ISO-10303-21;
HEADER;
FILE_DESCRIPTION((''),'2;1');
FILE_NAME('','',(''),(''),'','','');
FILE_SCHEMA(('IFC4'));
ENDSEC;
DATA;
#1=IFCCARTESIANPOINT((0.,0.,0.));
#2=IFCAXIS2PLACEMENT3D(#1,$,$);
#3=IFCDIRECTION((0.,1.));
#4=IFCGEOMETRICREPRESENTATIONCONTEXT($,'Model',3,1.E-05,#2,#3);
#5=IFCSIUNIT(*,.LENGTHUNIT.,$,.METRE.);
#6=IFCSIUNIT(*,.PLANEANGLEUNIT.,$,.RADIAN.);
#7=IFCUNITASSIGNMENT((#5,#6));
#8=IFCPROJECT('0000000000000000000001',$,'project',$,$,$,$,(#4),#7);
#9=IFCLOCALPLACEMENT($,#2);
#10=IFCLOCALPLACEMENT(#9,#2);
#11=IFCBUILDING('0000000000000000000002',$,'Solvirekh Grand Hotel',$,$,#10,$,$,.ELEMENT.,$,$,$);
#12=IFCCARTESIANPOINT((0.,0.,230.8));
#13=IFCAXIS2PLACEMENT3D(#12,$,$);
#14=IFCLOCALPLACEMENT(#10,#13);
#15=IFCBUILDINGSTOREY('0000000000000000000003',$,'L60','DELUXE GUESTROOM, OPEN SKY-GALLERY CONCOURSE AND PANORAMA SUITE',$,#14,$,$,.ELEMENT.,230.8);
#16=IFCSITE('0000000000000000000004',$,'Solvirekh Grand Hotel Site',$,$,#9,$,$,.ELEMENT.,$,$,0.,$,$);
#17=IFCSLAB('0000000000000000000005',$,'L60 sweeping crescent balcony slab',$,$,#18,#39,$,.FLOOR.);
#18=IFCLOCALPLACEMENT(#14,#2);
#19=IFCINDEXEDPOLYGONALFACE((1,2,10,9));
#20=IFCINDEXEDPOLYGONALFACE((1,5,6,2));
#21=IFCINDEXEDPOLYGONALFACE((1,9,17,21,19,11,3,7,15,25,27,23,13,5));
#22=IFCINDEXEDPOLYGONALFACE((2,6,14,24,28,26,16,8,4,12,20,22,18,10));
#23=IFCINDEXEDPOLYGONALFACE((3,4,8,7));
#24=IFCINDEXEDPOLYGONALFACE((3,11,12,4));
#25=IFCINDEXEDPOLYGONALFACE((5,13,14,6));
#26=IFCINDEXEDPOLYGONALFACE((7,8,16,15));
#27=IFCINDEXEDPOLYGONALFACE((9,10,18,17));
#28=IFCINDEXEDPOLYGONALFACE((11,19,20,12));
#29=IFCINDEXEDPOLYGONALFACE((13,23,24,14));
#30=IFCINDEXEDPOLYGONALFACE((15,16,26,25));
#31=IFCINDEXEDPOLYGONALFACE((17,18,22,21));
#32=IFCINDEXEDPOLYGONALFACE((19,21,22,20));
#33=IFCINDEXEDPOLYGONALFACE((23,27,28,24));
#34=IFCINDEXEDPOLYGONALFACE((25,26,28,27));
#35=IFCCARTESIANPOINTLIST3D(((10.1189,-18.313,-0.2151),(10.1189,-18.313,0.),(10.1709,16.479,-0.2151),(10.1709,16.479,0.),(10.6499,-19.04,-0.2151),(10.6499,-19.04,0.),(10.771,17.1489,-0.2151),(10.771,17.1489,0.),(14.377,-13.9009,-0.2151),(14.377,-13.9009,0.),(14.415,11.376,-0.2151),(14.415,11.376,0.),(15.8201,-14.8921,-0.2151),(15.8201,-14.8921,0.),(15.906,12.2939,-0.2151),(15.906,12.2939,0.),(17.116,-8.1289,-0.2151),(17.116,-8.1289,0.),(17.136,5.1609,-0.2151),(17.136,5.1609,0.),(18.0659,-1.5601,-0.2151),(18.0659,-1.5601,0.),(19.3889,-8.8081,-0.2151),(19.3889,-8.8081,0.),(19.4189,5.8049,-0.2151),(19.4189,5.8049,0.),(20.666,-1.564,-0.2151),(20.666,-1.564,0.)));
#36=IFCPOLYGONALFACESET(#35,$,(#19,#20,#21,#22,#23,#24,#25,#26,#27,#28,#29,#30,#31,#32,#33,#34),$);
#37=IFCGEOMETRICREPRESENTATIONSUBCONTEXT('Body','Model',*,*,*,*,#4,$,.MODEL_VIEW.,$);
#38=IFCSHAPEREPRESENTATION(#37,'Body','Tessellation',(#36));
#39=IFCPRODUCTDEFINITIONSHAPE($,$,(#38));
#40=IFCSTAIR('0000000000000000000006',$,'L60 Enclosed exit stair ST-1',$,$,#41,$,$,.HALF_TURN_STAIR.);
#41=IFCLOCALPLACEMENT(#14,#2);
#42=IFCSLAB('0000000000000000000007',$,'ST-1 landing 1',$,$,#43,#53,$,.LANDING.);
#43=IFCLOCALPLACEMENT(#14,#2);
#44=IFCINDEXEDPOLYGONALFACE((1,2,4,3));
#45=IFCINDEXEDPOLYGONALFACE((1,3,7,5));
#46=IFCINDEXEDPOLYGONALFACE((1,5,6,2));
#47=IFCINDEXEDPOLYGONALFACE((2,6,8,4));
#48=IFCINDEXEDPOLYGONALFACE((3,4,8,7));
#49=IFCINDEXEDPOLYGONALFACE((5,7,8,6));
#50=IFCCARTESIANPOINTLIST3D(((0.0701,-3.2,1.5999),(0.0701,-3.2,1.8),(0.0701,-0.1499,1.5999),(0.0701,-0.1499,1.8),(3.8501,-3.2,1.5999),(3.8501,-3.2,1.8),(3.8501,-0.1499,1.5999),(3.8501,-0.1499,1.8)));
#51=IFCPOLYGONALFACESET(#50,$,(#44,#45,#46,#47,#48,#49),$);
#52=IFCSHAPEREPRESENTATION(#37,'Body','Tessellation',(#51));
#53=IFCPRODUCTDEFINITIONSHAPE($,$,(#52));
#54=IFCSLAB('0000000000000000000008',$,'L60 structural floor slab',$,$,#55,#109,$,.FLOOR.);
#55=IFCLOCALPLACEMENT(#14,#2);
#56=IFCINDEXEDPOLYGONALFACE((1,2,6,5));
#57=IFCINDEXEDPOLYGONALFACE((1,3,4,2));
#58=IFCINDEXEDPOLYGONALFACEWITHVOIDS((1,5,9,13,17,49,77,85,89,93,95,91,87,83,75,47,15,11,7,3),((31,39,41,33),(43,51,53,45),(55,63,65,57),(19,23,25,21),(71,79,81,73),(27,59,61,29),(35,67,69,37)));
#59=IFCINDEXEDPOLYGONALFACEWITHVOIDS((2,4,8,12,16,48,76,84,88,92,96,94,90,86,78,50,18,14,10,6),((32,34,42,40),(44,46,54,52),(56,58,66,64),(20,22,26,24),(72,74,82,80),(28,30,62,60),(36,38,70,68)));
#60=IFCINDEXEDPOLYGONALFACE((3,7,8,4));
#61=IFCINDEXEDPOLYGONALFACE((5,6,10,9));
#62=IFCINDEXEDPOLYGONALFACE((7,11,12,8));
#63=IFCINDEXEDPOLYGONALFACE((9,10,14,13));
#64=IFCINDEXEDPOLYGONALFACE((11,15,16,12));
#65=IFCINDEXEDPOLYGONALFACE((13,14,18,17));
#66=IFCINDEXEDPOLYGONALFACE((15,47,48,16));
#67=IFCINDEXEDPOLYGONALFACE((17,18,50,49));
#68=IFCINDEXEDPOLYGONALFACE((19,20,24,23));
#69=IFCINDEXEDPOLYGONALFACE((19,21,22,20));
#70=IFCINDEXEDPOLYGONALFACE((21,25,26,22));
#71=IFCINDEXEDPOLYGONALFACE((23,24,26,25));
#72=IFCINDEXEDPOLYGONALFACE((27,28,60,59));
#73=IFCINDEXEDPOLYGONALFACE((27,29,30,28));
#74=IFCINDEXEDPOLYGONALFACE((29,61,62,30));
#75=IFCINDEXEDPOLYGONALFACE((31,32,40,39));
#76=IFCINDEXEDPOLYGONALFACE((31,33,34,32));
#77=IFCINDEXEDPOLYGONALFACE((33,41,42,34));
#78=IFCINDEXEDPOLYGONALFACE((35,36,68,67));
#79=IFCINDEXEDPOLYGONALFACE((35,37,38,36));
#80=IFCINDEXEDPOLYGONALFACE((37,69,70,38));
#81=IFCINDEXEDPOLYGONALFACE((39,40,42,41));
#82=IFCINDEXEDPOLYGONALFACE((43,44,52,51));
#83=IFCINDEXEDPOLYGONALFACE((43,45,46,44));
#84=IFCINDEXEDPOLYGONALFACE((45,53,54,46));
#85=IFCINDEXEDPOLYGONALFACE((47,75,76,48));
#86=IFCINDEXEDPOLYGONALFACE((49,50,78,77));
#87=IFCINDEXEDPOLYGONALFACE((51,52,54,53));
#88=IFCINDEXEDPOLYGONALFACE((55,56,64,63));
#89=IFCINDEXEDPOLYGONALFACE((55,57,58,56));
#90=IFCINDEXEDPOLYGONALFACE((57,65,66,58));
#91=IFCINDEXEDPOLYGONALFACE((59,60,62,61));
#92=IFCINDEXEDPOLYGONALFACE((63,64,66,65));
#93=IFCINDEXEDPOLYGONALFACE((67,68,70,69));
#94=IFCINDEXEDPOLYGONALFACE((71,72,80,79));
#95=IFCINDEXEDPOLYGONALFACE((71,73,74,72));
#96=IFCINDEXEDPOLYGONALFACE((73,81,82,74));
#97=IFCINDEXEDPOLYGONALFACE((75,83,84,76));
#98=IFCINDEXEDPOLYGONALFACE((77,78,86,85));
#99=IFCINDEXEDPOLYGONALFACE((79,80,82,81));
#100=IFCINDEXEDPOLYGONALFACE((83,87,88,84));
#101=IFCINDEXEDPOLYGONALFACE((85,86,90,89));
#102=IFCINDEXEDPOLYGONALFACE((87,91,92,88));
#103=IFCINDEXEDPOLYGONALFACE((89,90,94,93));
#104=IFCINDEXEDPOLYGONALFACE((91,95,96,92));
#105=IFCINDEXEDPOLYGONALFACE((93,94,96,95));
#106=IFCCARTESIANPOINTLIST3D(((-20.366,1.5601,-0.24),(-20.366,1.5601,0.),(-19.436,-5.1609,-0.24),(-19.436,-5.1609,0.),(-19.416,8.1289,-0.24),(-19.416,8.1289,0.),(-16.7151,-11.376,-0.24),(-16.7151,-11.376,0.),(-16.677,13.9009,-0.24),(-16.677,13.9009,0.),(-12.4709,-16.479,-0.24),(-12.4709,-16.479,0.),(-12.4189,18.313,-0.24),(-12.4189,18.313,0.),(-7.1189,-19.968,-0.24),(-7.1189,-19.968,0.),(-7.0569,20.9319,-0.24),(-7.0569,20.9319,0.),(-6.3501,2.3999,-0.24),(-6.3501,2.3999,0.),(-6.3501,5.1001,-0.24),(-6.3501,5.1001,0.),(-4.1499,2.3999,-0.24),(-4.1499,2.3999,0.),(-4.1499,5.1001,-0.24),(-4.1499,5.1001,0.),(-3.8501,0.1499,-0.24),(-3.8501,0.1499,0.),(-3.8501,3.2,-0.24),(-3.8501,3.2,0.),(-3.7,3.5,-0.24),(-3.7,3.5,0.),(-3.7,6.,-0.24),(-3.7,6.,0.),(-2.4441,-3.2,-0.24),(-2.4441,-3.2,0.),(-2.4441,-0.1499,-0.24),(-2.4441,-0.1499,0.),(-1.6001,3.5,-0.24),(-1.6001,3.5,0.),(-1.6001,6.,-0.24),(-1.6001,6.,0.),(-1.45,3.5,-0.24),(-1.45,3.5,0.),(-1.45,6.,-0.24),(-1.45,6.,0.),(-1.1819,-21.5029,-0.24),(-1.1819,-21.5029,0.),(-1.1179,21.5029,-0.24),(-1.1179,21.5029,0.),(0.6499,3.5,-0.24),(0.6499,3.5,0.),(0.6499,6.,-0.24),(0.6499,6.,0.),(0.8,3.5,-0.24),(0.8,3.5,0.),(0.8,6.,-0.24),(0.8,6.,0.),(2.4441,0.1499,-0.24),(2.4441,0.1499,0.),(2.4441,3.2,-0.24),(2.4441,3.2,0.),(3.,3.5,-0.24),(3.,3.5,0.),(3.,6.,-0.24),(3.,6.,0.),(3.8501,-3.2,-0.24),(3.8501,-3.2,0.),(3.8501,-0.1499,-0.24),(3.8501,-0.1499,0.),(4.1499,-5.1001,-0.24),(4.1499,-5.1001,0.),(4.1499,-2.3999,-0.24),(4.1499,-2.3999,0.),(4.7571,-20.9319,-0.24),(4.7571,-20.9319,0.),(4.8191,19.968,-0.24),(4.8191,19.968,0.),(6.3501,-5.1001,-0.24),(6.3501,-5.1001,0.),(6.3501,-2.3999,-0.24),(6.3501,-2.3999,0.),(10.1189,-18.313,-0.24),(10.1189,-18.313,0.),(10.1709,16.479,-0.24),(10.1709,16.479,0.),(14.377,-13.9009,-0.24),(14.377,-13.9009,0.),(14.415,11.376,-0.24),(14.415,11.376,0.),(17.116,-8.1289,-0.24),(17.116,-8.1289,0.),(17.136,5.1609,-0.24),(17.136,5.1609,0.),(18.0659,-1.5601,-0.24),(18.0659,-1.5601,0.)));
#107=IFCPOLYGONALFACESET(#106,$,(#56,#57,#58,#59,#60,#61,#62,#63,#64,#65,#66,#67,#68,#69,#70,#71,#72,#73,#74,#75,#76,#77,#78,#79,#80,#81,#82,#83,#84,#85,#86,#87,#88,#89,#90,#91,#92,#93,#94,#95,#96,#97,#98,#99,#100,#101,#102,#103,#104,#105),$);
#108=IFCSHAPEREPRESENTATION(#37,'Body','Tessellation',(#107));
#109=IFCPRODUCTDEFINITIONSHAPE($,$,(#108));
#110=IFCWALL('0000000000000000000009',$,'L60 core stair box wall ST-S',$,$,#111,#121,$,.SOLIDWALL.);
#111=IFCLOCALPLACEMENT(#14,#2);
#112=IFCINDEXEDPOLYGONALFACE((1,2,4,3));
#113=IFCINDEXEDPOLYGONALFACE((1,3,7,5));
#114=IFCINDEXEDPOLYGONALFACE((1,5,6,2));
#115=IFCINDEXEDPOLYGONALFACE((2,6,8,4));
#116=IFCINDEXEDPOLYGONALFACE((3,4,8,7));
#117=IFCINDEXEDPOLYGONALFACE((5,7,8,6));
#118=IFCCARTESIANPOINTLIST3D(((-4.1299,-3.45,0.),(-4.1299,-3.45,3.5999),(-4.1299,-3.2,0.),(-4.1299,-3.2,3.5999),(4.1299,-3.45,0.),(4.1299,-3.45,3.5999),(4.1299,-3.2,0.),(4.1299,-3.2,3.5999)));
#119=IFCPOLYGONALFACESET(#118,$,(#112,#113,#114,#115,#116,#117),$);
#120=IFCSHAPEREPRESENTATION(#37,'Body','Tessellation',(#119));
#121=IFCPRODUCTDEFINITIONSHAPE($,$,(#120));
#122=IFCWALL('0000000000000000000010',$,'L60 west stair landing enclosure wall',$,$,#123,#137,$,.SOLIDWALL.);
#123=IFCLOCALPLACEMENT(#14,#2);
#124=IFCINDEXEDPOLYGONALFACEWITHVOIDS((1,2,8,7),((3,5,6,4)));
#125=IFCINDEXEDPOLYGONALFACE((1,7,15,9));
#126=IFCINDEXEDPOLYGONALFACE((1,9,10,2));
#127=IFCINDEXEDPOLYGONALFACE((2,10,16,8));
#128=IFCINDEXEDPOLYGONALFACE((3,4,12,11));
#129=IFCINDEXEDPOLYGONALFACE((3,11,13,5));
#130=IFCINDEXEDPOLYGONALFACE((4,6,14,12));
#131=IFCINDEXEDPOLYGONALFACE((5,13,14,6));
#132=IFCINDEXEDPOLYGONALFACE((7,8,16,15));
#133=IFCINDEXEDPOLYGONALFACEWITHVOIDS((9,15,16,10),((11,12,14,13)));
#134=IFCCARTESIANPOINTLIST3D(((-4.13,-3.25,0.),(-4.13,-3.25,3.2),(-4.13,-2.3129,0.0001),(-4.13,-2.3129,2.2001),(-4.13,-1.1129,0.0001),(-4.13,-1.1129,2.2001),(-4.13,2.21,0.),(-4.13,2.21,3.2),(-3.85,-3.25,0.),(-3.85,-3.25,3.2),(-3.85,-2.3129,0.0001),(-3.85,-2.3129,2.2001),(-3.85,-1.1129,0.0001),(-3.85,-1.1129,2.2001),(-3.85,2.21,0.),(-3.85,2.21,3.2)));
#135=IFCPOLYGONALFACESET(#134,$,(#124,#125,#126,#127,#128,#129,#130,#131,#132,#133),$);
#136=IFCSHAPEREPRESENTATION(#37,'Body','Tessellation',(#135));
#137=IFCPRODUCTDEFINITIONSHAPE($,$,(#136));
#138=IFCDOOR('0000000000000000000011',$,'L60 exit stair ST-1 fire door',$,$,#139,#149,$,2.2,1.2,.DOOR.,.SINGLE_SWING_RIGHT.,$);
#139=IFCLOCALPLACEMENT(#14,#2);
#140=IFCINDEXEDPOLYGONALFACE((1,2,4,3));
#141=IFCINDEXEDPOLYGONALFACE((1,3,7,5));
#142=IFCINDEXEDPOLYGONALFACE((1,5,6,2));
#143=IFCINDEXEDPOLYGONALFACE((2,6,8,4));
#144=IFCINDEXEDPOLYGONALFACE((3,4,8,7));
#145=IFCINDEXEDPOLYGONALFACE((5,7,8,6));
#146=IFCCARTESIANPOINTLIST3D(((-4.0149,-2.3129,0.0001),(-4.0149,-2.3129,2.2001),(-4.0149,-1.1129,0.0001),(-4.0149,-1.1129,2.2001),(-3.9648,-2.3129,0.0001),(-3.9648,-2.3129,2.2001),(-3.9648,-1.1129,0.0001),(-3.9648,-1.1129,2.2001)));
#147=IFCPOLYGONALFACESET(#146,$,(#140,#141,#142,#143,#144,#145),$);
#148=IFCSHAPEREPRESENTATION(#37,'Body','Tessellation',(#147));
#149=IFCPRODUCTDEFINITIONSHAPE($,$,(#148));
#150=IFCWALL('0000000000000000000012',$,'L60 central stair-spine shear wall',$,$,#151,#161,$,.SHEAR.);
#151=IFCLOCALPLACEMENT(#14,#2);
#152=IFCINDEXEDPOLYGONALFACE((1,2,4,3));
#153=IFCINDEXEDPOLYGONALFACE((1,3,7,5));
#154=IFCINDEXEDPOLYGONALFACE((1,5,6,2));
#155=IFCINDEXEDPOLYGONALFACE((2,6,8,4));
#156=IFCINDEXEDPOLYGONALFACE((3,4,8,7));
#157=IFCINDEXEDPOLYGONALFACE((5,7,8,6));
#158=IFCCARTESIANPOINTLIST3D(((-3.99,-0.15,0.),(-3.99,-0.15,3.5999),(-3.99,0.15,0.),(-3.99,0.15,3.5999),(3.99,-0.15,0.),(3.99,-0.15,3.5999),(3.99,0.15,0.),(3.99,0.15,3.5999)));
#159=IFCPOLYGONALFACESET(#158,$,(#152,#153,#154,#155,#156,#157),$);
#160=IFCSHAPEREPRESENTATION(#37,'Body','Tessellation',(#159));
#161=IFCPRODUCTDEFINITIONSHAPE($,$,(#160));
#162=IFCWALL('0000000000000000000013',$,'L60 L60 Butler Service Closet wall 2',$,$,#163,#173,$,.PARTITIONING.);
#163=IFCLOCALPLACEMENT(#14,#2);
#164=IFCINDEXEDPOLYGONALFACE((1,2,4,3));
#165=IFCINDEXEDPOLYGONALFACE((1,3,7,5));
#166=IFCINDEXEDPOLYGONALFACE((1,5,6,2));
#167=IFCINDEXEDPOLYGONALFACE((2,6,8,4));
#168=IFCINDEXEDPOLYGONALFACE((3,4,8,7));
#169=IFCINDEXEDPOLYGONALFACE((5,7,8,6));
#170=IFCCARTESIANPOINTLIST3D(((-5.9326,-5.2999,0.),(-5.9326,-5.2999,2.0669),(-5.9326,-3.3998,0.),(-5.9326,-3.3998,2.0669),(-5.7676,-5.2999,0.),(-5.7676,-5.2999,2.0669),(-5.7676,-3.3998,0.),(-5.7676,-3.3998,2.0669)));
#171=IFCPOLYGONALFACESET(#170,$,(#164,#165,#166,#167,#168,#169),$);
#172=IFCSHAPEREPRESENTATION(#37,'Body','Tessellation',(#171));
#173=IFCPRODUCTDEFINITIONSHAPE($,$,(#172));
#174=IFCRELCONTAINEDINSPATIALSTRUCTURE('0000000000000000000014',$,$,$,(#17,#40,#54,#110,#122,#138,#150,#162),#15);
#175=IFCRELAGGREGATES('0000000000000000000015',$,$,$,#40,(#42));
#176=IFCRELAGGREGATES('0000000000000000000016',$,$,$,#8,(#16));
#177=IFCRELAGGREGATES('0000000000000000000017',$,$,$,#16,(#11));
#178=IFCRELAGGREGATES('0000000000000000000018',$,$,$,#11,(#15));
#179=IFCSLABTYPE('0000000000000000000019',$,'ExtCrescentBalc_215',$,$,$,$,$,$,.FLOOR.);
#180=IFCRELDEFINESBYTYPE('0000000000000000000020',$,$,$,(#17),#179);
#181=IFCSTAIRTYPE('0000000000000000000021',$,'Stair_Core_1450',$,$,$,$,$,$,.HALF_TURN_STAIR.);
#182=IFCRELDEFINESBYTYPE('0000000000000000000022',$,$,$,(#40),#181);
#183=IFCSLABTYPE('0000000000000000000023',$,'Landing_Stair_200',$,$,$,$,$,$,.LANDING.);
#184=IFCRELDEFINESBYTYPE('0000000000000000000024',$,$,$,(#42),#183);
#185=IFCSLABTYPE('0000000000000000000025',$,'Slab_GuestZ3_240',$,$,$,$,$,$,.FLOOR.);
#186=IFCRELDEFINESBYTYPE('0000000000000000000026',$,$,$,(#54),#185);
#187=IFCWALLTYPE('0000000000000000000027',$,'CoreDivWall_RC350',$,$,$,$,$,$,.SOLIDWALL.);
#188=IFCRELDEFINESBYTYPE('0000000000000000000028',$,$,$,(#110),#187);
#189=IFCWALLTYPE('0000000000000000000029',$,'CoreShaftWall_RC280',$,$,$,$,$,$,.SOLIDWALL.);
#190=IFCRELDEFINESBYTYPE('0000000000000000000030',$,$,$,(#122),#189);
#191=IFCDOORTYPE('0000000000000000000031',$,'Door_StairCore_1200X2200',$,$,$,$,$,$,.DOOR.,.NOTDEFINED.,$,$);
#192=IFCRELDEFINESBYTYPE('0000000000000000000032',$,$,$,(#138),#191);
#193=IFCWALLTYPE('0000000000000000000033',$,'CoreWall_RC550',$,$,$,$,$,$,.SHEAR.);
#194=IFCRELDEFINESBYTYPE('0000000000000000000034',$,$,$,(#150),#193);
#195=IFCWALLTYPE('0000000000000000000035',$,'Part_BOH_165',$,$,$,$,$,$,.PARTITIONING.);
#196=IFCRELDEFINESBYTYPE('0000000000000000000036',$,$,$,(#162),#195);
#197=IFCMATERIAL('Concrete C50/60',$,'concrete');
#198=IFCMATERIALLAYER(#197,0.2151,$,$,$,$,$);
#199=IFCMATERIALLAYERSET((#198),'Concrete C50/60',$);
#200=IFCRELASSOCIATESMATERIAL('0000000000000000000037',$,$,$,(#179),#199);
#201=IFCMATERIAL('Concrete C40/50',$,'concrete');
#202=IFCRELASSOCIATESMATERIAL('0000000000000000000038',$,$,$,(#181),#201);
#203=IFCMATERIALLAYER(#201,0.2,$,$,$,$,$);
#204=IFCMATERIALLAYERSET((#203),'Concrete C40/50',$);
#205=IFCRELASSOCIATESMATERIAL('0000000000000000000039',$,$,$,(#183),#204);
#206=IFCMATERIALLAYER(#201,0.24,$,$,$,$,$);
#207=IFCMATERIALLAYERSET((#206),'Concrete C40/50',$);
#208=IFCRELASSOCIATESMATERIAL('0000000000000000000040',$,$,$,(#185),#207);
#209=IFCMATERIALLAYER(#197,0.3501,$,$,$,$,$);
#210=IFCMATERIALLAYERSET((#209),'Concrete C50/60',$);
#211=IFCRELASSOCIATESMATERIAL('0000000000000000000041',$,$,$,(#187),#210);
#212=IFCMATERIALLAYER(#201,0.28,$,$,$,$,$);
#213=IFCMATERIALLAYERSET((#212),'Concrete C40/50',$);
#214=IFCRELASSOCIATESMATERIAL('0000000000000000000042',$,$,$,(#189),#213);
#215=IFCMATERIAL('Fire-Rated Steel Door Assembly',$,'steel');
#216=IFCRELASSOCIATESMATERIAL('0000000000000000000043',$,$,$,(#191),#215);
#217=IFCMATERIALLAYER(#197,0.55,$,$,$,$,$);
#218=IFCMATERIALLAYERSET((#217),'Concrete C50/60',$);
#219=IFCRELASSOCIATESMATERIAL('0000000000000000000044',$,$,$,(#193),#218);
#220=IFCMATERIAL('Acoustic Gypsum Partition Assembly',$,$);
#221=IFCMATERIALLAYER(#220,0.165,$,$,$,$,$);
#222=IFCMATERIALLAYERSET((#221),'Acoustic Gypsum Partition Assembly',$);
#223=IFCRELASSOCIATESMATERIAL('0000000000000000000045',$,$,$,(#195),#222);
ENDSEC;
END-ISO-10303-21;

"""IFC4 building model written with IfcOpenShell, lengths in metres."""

from ifc_helpers import new_model, si_unit, direction, frame, frame_2d, origin, place, context, subcontext, project, spatial, polyline, rectangle, outline, extrude, material, layer, layer_set, type_object, element, fill, aggregate, save


model = new_model("IFC4")

# Units and contexts
model_context = context("Model", 3, precision=1e-05, world=origin(), true_north=direction((0.0, 1.0)))
body_context = subcontext(model_context, "Body", "Model", "MODEL_VIEW")
ifc_project = project(units=[si_unit("LENGTHUNIT", "METRE"), si_unit("PLANEANGLEUNIT", "RADIAN")], contexts=[model_context])

# Site, building, storey
site_placement = place(None, origin())
site = spatial("IfcSite", under=ifc_project, at=site_placement, Name="Solvirekh Grand Hotel Site", CompositionType="ELEMENT", RefElevation=0.0)
building_placement = place(site_placement, origin())
building = spatial("IfcBuilding", under=site, at=building_placement, Name="Solvirekh Grand Hotel", CompositionType="ELEMENT")
storey_placement = place(building_placement, frame((0.0, 0.0, 230.8)))
storey = spatial("IfcBuildingStorey", under=building, at=storey_placement, Name="L60", Description="DELUXE GUESTROOM, OPEN SKY-GALLERY CONCOURSE AND PANORAMA SUITE", CompositionType="ELEMENT", Elevation=230.8)

# Slab
ifc_material_1 = material(Name="Concrete C50/60", Category="concrete")
ifc_layer_1 = layer(ifc_material_1, 0.2151)
ifc_layer_set_1 = layer_set([ifc_layer_1], Name="Concrete C50/60")
slab_type_1 = type_object("IfcSlabType", Name="ExtCrescentBalc_215", PredefinedType="FLOOR", material=ifc_layer_set_1)
slab_1_placement = place(storey_placement, frame((0.0, 0.0, -0.2151)))
element("IfcSlab", 1, at=slab_1_placement, inside=storey, type_object=slab_type_1, Name="L60 sweeping crescent balcony slab", PredefinedType="FLOOR", context=body_context, shape_type="SweptSolid", body=[
    extrude(outline(polyline([(10.6499, -19.04), (15.8201, -14.8921), (19.3889, -8.8081), (20.666, -1.564), (19.4189, 5.8049), (15.906, 12.2939), (10.771, 17.1489), (10.1709, 16.479), (14.415, 11.376), (17.136, 5.1609), (18.0659, -1.5601), (17.116, -8.1289), (14.377, -13.9009), (10.1189, -18.313), (10.6499, -19.04)])), origin(), (0.0, 0.0, 1.0), 0.2151),
])

# Stair, slab
ifc_material_2 = material(Name="Concrete C40/50", Category="concrete")
stair_type = type_object("IfcStairType", Name="Stair_Core_1450", PredefinedType="HALF_TURN_STAIR", material=ifc_material_2)
stair_placement = place(storey_placement, origin())
stair = element("IfcStair", 2, at=stair_placement, inside=storey, type_object=stair_type, Name="L60 Enclosed exit stair ST-1", PredefinedType="HALF_TURN_STAIR")
ifc_layer_2 = layer(ifc_material_2, 0.2)
ifc_layer_set_2 = layer_set([ifc_layer_2], Name="Concrete C40/50")
slab_type_2 = type_object("IfcSlabType", Name="Landing_Stair_200", PredefinedType="LANDING", material=ifc_layer_set_2)
slab_2_placement = place(storey_placement, frame((0.0, 0.0, 1.5999)))
slab_2 = element("IfcSlab", 3, at=slab_2_placement, type_object=slab_type_2, Name="ST-1 landing 1", PredefinedType="LANDING", context=body_context, shape_type="SweptSolid", body=[
    extrude(outline(polyline([(0.0701, -3.2), (3.8501, -3.2), (3.8501, -0.1499), (0.0701, -0.1499), (0.0701, -3.2)])), origin(), (0.0, 0.0, 1.0), 0.2002),
])

# Slab
ifc_layer_3 = layer(ifc_material_2, 0.24)
ifc_layer_set_3 = layer_set([ifc_layer_3], Name="Concrete C40/50")
slab_type_3 = type_object("IfcSlabType", Name="Slab_GuestZ3_240", PredefinedType="FLOOR", material=ifc_layer_set_3)
slab_3_placement = place(storey_placement, frame((0.0, 0.0, -0.24)))
element("IfcSlab", 4, at=slab_3_placement, inside=storey, type_object=slab_type_3, Name="L60 structural floor slab", PredefinedType="FLOOR", context=body_context, shape_type="SweptSolid", body=[
    extrude(outline(polyline([(4.7571, -20.9319), (10.1189, -18.313), (14.377, -13.9009), (17.116, -8.1289), (18.0659, -1.5601), (17.136, 5.1609), (14.415, 11.376), (10.1709, 16.479), (4.8191, 19.968), (-1.1179, 21.5029), (-7.0569, 20.9319), (-12.4189, 18.313), (-16.677, 13.9009), (-19.416, 8.1289), (-20.366, 1.5601), (-19.436, -5.1609), (-16.7151, -11.376), (-12.4709, -16.479), (-7.1189, -19.968), (-1.1819, -21.5029), (4.7571, -20.9319)]), holes=[polyline([(-2.4441, -0.1499), (3.8501, -0.1499), (3.8501, -3.2), (-2.4441, -3.2), (-2.4441, -0.1499)]), polyline([(2.4441, 0.1499), (-3.8501, 0.1499), (-3.8501, 3.2), (2.4441, 3.2), (2.4441, 0.1499)]), polyline([(-3.7, 6.0), (-1.6001, 6.0), (-1.6001, 3.5), (-3.7, 3.5), (-3.7, 6.0)]), polyline([(-1.45, 6.0), (0.6499, 6.0), (0.6499, 3.5), (-1.45, 3.5), (-1.45, 6.0)]), polyline([(0.8, 6.0), (3.0, 6.0), (3.0, 3.5), (0.8, 3.5), (0.8, 6.0)]), polyline([(-6.3501, 5.1001), (-4.1499, 5.1001), (-4.1499, 2.3999), (-6.3501, 2.3999), (-6.3501, 5.1001)]), polyline([(4.1499, -2.3999), (6.3501, -2.3999), (6.3501, -5.1001), (4.1499, -5.1001), (4.1499, -2.3999)])]), origin(), (0.0, 0.0, 1.0), 0.24),
])

# Wall
ifc_layer_4 = layer(ifc_material_1, 0.3501)
ifc_layer_set_4 = layer_set([ifc_layer_4], Name="Concrete C50/60")
wall_type_1 = type_object("IfcWallType", Name="CoreDivWall_RC350", PredefinedType="SOLIDWALL", material=ifc_layer_set_4)
wall_1_placement = place(storey_placement, frame((-4.1299, -3.325, 0.0), z_axis=(0.0, 0.0, 1.0), x_axis=(1.0, 0.0, 0.0)))
element("IfcWall", 5, at=wall_1_placement, inside=storey, type_object=wall_type_1, Name="L60 core stair box wall ST-S", PredefinedType="SOLIDWALL", context=body_context, shape_type="SweptSolid", body=[
    extrude(rectangle(XDim=8.2598, YDim=0.25, at=frame_2d((4.1299, 0.0))), origin(), (0.0, 0.0, 1.0), 3.5999),
])

# Wall, opening, door
ifc_layer_5 = layer(ifc_material_2, 0.28)
ifc_layer_set_5 = layer_set([ifc_layer_5], Name="Concrete C40/50")
wall_type_2 = type_object("IfcWallType", Name="CoreShaftWall_RC280", PredefinedType="SOLIDWALL", material=ifc_layer_set_5)
wall_2_placement = place(storey_placement, frame((-3.99, -3.25, 0.0), z_axis=(0.0, 0.0, 1.0), x_axis=(0.0, 1.0, 0.0)))
wall_2 = element("IfcWall", 6, at=wall_2_placement, inside=storey, type_object=wall_type_2, Name="L60 west stair landing enclosure wall", PredefinedType="SOLIDWALL", context=body_context, shape_type="SweptSolid", body=[
    extrude(rectangle(XDim=5.46, YDim=0.28, at=frame_2d((2.73, 0.0))), origin(), (0.0, 0.0, 1.0), 3.2),
])
opening_1_placement = place(wall_2_placement, frame((0.937, 0.0, 0.0)))
opening_1 = element("IfcOpeningElement", 7, at=opening_1_placement, cuts=wall_2, PredefinedType="OPENING", context=body_context, shape_type="SweptSolid", body=[
    extrude(rectangle(XDim=1.2, YDim=2.2, at=frame_2d((0.6001, 1.1001))), frame((0.0, 0.1499, 0.0), z_axis=(0.0, -1.0, 0.0), x_axis=(1.0, 0.0, 0.0)), (0.0, 0.0, 1.0), 0.3),
])
ifc_material_3 = material(Name="Fire-Rated Steel Door Assembly", Category="steel")
door_type_1 = type_object("IfcDoorType", Name="Door_StairCore_1200X2200", OperationType="NOTDEFINED", PredefinedType="DOOR", material=ifc_material_3)
door_1_placement = place(opening_1_placement, origin())
door_1 = element("IfcDoor", 8, at=door_1_placement, inside=storey, type_object=door_type_1, Name="L60 exit stair ST-1 fire door", OperationType="SINGLE_SWING_RIGHT", OverallHeight=2.2, OverallWidth=1.2, PredefinedType="DOOR", context=body_context, shape_type="SweptSolid", body=[
    extrude(rectangle(XDim=1.2, YDim=2.2, at=frame_2d((0.6001, 1.1001))), frame((0.0, 0.0249, 0.0), z_axis=(0.0, -1.0, 0.0), x_axis=(1.0, 0.0, 0.0)), (0.0, 0.0, 1.0), 0.05),
])
fill(opening_1, door_1)

# Walls
ifc_layer_6 = layer(ifc_material_1, 0.55)
ifc_layer_set_6 = layer_set([ifc_layer_6], Name="Concrete C50/60")
wall_type_3 = type_object("IfcWallType", Name="CoreWall_RC550", PredefinedType="SHEAR", material=ifc_layer_set_6)
wall_3_placement = place(storey_placement, frame((-3.99, 0.0, 0.0), z_axis=(0.0, 0.0, 1.0), x_axis=(1.0, 0.0, 0.0)))
element("IfcWall", 9, at=wall_3_placement, inside=storey, type_object=wall_type_3, Name="L60 central stair-spine shear wall", PredefinedType="SHEAR", context=body_context, shape_type="SweptSolid", body=[
    extrude(rectangle(XDim=7.98, YDim=0.3, at=frame_2d((3.99, 0.0))), origin(), (0.0, 0.0, 1.0), 3.5999),
])
ifc_material_4 = material(Name="Acoustic Gypsum Partition Assembly")
ifc_layer_7 = layer(ifc_material_4, 0.165)
ifc_layer_set_7 = layer_set([ifc_layer_7], Name="Acoustic Gypsum Partition Assembly")
wall_type_4 = type_object("IfcWallType", Name="Part_BOH_165", PredefinedType="PARTITIONING", material=ifc_layer_set_7)
wall_4_placement = place(storey_placement, frame((-5.8501, -5.3, 0.0), z_axis=(0.0, 0.0, 1.0), x_axis=(0.0, 1.0, 0.0)))
element("IfcWall", 10, at=wall_4_placement, inside=storey, type_object=wall_type_4, Name="L60 L60 Butler Service Closet wall 2", PredefinedType="PARTITIONING", context=body_context, shape_type="SweptSolid", body=[
    extrude(rectangle(XDim=1.9001, YDim=0.165, at=frame_2d((0.9502, 0.0))), origin(), (0.0, 0.0, 1.0), 2.0669),
])

aggregate(stair, [slab_2])

save(model, "model.ifc")
